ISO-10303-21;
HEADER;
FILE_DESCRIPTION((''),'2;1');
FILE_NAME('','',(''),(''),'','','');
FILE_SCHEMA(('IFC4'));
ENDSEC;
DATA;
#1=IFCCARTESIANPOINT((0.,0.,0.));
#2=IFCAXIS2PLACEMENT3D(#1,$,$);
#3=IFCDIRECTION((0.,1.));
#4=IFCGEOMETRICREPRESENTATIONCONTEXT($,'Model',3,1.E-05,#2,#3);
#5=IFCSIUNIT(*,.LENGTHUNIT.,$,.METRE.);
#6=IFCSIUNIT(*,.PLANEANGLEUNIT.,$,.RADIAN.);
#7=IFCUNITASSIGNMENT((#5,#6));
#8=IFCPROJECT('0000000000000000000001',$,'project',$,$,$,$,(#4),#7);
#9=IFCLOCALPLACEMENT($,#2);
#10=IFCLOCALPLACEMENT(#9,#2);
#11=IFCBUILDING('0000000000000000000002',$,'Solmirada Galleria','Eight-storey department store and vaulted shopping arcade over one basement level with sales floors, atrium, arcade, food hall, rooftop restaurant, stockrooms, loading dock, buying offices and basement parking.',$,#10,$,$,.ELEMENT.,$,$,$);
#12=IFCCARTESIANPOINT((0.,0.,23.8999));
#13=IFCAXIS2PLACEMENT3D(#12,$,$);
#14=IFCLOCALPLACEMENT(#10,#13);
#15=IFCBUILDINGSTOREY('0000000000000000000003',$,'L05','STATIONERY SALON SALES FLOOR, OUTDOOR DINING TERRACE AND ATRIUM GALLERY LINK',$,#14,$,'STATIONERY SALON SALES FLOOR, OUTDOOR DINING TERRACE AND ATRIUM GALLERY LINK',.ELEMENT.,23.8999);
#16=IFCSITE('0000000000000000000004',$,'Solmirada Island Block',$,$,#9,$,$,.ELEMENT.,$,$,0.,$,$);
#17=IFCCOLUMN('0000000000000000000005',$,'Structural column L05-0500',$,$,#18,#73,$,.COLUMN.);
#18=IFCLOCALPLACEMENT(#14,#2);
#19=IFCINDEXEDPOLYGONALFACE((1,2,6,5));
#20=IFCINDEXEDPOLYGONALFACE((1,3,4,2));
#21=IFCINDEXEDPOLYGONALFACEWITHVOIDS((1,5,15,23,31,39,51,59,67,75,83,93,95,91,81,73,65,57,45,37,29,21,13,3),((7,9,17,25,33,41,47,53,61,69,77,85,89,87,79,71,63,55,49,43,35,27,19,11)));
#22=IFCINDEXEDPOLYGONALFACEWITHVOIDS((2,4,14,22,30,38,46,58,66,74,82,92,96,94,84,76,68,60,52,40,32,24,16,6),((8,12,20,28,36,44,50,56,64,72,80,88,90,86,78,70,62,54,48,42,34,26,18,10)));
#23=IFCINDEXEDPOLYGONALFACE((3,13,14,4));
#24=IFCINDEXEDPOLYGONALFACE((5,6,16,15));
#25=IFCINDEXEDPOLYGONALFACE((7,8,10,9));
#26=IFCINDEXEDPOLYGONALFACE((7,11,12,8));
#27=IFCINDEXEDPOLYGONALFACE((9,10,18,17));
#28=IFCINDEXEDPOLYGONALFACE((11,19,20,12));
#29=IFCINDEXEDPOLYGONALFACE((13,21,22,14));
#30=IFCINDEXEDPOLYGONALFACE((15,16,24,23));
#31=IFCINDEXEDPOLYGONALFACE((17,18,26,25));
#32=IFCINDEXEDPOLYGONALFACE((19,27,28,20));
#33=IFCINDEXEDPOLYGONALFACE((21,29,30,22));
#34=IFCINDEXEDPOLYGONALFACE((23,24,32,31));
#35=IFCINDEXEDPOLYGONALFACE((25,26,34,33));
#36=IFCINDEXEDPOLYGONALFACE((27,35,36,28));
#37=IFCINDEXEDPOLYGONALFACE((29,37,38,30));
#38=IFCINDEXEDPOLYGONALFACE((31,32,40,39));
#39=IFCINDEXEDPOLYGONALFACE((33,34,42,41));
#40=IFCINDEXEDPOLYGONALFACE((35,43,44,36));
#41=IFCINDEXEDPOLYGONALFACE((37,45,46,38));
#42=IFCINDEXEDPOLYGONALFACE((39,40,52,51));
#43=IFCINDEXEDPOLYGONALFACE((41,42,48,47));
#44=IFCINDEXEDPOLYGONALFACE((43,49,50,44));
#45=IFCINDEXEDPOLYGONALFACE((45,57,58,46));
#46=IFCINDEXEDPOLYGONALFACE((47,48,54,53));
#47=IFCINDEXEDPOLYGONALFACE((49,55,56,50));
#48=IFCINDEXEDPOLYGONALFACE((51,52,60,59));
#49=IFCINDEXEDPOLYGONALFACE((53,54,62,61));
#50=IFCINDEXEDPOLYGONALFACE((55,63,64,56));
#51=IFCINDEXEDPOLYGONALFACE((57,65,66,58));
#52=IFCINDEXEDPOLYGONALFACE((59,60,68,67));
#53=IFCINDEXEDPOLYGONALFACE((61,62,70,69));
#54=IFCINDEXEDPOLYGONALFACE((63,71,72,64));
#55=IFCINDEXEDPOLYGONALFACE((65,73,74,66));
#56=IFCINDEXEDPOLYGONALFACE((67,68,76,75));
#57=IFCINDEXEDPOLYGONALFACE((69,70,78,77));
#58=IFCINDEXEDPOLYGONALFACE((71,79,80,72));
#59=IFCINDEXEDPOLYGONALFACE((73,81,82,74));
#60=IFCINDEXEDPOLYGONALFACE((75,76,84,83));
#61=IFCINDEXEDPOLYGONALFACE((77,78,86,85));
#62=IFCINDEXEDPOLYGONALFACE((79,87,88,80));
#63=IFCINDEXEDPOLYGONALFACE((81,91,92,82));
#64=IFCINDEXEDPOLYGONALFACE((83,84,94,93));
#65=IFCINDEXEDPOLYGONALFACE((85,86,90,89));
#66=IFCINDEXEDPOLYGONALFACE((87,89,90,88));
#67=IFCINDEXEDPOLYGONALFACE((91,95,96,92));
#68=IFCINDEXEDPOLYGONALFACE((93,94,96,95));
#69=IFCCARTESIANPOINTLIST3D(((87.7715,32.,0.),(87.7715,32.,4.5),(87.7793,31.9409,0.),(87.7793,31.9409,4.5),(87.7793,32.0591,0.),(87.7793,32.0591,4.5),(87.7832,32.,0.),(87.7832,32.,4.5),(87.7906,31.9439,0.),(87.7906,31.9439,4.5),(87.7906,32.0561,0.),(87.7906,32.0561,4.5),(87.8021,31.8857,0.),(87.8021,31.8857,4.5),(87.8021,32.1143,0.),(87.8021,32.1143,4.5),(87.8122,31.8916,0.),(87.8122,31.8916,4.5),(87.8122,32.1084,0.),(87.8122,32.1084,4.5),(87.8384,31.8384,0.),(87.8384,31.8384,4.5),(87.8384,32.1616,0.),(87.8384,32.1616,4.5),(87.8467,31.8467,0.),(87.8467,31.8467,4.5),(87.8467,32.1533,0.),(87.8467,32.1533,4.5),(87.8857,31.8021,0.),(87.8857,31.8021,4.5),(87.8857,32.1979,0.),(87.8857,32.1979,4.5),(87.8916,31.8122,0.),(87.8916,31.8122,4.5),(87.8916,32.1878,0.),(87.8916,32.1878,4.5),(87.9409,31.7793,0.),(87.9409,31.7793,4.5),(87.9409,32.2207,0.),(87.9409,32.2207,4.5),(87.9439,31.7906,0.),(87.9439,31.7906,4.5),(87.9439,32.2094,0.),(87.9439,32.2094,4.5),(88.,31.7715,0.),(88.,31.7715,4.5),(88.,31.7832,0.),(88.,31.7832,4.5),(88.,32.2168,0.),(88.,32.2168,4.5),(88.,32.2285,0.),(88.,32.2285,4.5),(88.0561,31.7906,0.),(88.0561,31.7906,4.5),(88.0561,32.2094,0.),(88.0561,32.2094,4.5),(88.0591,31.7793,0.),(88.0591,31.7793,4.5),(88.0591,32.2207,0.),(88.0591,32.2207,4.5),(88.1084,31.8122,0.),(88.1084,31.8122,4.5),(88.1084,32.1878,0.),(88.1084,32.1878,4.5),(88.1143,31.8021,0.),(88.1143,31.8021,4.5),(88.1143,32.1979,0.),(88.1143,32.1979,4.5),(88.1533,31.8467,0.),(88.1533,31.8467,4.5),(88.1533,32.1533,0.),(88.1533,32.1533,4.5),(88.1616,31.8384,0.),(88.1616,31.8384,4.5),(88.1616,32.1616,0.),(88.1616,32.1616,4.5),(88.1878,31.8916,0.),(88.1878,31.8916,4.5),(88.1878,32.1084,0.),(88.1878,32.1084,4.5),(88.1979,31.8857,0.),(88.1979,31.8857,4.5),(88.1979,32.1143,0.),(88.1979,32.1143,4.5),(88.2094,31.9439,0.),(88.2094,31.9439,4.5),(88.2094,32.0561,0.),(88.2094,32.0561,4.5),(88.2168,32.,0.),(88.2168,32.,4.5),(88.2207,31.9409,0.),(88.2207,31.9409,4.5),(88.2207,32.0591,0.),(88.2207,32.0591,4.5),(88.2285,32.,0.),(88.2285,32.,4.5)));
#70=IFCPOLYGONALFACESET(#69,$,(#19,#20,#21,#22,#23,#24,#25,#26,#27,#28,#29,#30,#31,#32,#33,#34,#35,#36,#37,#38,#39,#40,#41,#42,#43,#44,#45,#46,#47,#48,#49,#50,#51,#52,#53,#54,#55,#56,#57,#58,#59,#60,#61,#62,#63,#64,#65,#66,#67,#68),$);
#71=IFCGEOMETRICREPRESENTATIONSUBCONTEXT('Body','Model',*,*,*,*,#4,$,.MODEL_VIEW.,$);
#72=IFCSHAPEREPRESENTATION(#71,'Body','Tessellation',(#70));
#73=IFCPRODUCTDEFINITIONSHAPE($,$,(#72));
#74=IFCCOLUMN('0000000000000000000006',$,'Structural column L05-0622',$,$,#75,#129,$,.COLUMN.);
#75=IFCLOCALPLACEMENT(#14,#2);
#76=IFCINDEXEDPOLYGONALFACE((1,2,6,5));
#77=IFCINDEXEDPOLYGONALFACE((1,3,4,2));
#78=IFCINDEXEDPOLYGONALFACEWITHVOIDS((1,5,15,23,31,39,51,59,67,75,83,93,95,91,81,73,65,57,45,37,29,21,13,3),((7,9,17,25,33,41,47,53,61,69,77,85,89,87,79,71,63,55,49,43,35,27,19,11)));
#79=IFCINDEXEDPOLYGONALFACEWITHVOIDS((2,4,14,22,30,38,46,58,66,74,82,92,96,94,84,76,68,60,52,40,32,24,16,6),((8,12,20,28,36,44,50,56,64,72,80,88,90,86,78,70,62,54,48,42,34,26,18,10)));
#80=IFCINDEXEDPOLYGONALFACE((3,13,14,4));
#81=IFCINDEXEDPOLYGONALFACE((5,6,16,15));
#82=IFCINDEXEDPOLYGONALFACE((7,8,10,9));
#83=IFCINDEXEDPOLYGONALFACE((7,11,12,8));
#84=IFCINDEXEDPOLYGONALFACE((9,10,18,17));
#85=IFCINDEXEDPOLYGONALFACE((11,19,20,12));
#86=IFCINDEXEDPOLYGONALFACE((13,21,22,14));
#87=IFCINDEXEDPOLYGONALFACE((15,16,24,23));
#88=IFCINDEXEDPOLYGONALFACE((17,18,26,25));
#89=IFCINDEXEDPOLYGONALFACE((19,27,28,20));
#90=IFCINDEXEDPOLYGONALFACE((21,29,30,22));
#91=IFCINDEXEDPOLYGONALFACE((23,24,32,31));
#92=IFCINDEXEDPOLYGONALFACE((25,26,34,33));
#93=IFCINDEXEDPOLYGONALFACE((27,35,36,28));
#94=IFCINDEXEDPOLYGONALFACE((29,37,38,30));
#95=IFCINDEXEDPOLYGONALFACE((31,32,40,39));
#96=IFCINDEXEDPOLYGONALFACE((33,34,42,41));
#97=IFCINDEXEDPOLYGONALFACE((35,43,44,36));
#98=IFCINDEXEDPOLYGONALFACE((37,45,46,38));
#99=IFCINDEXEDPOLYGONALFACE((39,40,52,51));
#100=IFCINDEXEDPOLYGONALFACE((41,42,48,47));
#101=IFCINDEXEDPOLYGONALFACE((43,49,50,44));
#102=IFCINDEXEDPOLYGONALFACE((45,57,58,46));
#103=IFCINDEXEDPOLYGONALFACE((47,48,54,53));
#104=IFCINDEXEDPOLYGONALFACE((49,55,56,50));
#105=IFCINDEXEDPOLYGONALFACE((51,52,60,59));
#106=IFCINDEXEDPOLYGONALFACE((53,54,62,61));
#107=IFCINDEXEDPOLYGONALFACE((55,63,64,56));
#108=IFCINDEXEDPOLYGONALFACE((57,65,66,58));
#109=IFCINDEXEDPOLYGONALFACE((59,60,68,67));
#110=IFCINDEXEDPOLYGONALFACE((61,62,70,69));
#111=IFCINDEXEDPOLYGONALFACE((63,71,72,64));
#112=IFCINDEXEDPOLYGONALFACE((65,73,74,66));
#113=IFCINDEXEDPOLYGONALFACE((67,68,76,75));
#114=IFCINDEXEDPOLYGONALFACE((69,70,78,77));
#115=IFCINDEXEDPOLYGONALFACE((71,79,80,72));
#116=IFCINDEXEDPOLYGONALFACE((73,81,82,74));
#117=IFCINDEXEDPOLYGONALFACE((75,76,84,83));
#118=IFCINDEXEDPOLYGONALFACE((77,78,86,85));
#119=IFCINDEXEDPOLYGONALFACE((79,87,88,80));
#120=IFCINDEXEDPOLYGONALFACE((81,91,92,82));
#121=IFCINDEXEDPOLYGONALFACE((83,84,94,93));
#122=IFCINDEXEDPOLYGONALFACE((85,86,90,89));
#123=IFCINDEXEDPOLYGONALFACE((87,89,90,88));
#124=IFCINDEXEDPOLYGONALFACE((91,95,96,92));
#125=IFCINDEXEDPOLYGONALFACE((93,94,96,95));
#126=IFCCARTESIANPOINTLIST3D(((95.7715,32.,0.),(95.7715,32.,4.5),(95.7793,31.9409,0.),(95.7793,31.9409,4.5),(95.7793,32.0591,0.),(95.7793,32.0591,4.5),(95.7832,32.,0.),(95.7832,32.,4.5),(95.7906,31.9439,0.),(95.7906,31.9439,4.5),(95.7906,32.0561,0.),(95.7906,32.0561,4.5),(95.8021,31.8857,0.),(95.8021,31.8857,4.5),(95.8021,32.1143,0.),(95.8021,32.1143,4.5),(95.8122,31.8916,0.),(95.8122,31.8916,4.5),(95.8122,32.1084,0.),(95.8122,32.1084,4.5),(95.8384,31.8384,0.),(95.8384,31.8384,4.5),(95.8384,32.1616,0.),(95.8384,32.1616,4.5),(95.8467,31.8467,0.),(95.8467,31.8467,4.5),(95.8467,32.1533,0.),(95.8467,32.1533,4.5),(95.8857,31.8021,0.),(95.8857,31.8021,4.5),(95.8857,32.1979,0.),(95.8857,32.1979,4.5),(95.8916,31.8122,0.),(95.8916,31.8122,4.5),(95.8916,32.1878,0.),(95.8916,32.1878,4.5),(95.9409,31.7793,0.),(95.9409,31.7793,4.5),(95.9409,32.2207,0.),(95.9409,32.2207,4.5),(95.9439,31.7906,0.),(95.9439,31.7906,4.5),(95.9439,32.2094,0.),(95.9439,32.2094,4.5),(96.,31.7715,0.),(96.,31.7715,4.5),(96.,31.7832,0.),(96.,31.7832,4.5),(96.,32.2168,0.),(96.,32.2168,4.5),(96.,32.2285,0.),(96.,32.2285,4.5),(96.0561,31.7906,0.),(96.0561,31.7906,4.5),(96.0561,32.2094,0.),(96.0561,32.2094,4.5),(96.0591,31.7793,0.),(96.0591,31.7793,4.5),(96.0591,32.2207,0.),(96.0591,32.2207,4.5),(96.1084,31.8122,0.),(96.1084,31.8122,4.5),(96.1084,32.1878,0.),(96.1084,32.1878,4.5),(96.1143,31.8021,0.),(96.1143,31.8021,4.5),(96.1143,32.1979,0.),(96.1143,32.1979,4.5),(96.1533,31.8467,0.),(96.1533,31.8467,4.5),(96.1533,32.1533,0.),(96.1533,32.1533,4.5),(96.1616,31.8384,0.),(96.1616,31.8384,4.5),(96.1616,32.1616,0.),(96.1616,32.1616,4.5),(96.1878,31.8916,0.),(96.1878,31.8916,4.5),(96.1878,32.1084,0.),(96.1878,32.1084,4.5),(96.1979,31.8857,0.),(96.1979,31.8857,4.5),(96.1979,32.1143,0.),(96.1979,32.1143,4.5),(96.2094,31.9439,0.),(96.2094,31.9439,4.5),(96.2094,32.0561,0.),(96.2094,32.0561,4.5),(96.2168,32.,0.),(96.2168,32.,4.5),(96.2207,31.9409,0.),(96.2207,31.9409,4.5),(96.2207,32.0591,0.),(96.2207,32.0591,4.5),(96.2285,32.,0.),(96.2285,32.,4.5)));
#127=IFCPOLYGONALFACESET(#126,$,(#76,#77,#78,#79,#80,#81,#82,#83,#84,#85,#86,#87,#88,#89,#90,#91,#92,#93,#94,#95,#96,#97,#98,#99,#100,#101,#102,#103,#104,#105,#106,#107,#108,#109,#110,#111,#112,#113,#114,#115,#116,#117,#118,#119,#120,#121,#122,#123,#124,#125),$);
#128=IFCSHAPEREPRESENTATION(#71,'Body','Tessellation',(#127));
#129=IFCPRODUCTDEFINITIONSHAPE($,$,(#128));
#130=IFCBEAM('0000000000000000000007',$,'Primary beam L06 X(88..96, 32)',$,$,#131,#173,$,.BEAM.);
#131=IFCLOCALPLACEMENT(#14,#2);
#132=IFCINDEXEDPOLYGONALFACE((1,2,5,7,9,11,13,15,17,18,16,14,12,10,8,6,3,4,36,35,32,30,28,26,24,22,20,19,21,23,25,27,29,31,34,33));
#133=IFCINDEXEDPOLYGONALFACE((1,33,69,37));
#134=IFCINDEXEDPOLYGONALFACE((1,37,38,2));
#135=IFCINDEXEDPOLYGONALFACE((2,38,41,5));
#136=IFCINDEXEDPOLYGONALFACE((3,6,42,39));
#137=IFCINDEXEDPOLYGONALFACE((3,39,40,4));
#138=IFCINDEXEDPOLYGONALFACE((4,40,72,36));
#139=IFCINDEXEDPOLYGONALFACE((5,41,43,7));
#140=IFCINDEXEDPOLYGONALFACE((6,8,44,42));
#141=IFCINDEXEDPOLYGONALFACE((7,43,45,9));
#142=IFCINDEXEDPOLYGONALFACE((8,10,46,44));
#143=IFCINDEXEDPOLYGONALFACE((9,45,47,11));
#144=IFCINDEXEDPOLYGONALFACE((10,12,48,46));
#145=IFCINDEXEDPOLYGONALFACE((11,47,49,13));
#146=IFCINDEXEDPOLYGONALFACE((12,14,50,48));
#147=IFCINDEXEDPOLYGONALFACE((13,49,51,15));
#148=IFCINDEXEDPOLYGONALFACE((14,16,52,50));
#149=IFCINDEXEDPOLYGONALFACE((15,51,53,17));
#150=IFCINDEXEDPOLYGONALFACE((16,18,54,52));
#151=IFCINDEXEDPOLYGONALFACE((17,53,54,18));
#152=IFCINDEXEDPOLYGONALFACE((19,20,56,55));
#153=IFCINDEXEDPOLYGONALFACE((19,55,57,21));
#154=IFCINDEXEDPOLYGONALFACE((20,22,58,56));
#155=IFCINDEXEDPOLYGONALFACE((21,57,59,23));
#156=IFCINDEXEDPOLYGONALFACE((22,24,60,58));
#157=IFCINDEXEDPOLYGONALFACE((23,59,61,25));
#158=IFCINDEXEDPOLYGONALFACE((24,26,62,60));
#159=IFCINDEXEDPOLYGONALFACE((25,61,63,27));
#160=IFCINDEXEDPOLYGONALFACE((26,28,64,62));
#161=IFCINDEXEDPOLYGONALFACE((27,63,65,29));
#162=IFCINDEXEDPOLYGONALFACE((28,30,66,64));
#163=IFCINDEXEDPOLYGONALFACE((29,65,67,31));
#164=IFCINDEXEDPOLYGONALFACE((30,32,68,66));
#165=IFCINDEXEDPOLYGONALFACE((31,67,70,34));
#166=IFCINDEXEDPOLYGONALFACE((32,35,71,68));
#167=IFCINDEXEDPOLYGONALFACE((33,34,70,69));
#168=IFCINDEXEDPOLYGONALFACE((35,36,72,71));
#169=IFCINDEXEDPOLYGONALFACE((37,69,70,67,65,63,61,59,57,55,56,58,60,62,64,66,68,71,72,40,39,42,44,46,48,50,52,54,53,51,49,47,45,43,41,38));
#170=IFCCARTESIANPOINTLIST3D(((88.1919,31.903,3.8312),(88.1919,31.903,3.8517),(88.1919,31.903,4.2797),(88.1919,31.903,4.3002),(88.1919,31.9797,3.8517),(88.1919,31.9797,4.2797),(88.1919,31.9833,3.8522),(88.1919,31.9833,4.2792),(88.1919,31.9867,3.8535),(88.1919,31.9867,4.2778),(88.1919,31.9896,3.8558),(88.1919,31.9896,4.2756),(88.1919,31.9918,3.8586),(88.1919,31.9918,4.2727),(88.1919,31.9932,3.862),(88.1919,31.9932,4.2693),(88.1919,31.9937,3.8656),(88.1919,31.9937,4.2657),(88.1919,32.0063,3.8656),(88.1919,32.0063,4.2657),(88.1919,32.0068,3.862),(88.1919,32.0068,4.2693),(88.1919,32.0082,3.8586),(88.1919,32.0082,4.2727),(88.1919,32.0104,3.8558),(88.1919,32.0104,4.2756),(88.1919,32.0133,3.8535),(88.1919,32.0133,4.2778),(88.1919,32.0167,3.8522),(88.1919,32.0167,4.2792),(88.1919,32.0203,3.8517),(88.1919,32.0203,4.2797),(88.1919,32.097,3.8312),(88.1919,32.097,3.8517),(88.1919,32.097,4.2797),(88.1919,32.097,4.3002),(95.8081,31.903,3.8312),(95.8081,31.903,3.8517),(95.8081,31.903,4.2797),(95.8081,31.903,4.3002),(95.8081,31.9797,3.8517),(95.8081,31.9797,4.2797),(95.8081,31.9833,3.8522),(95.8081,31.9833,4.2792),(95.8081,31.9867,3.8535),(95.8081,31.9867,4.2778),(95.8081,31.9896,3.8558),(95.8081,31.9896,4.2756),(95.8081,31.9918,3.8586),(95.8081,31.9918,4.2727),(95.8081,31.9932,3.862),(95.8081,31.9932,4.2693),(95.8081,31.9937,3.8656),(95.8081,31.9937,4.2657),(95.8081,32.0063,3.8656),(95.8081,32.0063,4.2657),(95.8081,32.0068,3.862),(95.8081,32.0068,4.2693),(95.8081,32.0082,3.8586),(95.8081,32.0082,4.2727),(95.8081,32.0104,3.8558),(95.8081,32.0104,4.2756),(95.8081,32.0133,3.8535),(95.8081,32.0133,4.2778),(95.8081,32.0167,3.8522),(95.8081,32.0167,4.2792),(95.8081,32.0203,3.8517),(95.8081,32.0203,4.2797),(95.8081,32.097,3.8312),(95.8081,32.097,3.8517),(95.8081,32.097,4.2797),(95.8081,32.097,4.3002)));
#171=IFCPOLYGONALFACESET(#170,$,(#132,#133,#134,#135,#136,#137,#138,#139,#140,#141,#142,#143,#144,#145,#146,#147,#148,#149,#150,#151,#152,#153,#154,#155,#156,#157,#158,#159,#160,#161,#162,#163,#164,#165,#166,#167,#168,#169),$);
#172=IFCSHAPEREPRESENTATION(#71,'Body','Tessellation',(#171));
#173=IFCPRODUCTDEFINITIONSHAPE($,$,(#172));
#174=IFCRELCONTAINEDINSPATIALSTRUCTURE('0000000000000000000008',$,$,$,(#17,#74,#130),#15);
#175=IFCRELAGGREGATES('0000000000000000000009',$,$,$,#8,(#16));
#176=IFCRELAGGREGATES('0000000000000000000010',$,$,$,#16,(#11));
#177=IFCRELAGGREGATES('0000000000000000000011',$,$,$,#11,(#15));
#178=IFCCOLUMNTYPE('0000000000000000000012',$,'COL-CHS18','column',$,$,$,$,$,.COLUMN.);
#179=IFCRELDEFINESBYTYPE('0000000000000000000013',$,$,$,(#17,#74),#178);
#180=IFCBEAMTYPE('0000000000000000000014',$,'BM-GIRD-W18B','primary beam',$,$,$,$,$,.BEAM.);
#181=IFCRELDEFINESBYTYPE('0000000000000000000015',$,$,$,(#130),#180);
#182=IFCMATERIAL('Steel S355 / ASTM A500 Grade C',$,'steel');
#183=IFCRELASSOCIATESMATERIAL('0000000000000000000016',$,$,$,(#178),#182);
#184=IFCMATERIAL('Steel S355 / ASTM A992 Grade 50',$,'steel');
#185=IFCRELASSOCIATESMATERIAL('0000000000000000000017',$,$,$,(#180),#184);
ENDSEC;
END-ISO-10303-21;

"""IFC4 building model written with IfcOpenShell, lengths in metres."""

from ifc_helpers import new_model, si_unit, direction, frame, origin, origin_2d, place, context, subcontext, project, spatial, hollow_circle, i_section, extrude, material, material_profile, profile_set, type_object, element, save


model = new_model("IFC4")

# Units and contexts
model_context = context("Model", 3, precision=1e-05, world=origin(), true_north=direction((0.0, 1.0)))
body_context = subcontext(model_context, "Body", "Model", "MODEL_VIEW")
ifc_project = project(units=[si_unit("LENGTHUNIT", "METRE"), si_unit("PLANEANGLEUNIT", "RADIAN")], contexts=[model_context])

# Site, building, storey
site_placement = place(None, origin())
site = spatial("IfcSite", under=ifc_project, at=site_placement, Name="Solmirada Island Block", CompositionType="ELEMENT", RefElevation=0.0)
building_placement = place(site_placement, origin())
building = spatial("IfcBuilding", under=site, at=building_placement, Name="Solmirada Galleria", Description="Eight-storey department store and vaulted shopping arcade over one basement level with sales floors, atrium, arcade, food hall, rooftop restaurant, stockrooms, loading dock, buying offices and basement parking.", CompositionType="ELEMENT")
storey_placement = place(building_placement, frame((0.0, 0.0, 23.8999)))
storey = spatial("IfcBuildingStorey", under=building, at=storey_placement, Name="L05", Description="STATIONERY SALON SALES FLOOR, OUTDOOR DINING TERRACE AND ATRIUM GALLERY LINK", LongName="STATIONERY SALON SALES FLOOR, OUTDOOR DINING TERRACE AND ATRIUM GALLERY LINK", CompositionType="ELEMENT", Elevation=23.8999)

# Columns
ifc_material_1 = material(Name="Steel S355 / ASTM A500 Grade C", Category="steel")
ifc_material_profile_1 = material_profile(ifc_material_1, hollow_circle(Radius=0.2285, WallThickness=0.0117, at=origin_2d()), Name="HSS18.000X0.500")
ifc_profile_set_1 = profile_set([ifc_material_profile_1], Name="Steel S355 / ASTM A500 Grade C")
column_type = type_object("IfcColumnType", Name="COL-CHS18", Description="column", PredefinedType="COLUMN", material=ifc_profile_set_1)
for number, where, z_axis, x_axis, name in (
    (1, (88.0, 32.0, 0.0), (0.0, 0.0, 1.0), (1.0, 0.0, 0.0), "Structural column L05-0500"),
    (2, (96.0, 32.0, 0.0), (0.0, 0.0, 1.0), (1.0, 0.0, 0.0), "Structural column L05-0622"),
):
    element("IfcColumn", number, at=place(storey_placement, frame(where, z_axis=z_axis, x_axis=x_axis)), inside=storey, type_object=column_type, Name=name, PredefinedType="COLUMN", context=body_context, shape_type="SweptSolid", body=[
        extrude(hollow_circle(Radius=0.2285, WallThickness=0.0117, at=origin_2d()), origin(), (0.0, 0.0, 1.0), 4.5),
    ])

# Beam
ifc_material_2 = material(Name="Steel S355 / ASTM A992 Grade 50", Category="steel")
ifc_material_profile_2 = material_profile(ifc_material_2, i_section(OverallWidth=0.1941, OverallDepth=0.469, WebThickness=0.0127, FlangeThickness=0.0205, FilletRadius=0.0139, at=origin_2d()), Name="W18X71")
ifc_profile_set_2 = profile_set([ifc_material_profile_2], Name="Steel S355 / ASTM A992 Grade 50")
beam_type_1 = type_object("IfcBeamType", Name="BM-GIRD-W18B", Description="primary beam", PredefinedType="BEAM", material=ifc_profile_set_2)
beam_1_placement = place(storey_placement, frame((88.1919, 32.0, 4.0657), z_axis=(1.0, 0.0, 0.0), x_axis=(0.0, 1.0, 0.0)))
element("IfcBeam", 3, at=beam_1_placement, inside=storey, type_object=beam_type_1, Name="Primary beam L06 X(88..96, 32)", PredefinedType="BEAM", context=body_context, shape_type="SweptSolid", body=[
    extrude(i_section(OverallWidth=0.1941, OverallDepth=0.469, WebThickness=0.0127, FlangeThickness=0.0205, FilletRadius=0.0139, at=origin_2d()), origin(), (0.0, 0.0, 1.0), 7.6162),
])

save(model, "model.ifc")
